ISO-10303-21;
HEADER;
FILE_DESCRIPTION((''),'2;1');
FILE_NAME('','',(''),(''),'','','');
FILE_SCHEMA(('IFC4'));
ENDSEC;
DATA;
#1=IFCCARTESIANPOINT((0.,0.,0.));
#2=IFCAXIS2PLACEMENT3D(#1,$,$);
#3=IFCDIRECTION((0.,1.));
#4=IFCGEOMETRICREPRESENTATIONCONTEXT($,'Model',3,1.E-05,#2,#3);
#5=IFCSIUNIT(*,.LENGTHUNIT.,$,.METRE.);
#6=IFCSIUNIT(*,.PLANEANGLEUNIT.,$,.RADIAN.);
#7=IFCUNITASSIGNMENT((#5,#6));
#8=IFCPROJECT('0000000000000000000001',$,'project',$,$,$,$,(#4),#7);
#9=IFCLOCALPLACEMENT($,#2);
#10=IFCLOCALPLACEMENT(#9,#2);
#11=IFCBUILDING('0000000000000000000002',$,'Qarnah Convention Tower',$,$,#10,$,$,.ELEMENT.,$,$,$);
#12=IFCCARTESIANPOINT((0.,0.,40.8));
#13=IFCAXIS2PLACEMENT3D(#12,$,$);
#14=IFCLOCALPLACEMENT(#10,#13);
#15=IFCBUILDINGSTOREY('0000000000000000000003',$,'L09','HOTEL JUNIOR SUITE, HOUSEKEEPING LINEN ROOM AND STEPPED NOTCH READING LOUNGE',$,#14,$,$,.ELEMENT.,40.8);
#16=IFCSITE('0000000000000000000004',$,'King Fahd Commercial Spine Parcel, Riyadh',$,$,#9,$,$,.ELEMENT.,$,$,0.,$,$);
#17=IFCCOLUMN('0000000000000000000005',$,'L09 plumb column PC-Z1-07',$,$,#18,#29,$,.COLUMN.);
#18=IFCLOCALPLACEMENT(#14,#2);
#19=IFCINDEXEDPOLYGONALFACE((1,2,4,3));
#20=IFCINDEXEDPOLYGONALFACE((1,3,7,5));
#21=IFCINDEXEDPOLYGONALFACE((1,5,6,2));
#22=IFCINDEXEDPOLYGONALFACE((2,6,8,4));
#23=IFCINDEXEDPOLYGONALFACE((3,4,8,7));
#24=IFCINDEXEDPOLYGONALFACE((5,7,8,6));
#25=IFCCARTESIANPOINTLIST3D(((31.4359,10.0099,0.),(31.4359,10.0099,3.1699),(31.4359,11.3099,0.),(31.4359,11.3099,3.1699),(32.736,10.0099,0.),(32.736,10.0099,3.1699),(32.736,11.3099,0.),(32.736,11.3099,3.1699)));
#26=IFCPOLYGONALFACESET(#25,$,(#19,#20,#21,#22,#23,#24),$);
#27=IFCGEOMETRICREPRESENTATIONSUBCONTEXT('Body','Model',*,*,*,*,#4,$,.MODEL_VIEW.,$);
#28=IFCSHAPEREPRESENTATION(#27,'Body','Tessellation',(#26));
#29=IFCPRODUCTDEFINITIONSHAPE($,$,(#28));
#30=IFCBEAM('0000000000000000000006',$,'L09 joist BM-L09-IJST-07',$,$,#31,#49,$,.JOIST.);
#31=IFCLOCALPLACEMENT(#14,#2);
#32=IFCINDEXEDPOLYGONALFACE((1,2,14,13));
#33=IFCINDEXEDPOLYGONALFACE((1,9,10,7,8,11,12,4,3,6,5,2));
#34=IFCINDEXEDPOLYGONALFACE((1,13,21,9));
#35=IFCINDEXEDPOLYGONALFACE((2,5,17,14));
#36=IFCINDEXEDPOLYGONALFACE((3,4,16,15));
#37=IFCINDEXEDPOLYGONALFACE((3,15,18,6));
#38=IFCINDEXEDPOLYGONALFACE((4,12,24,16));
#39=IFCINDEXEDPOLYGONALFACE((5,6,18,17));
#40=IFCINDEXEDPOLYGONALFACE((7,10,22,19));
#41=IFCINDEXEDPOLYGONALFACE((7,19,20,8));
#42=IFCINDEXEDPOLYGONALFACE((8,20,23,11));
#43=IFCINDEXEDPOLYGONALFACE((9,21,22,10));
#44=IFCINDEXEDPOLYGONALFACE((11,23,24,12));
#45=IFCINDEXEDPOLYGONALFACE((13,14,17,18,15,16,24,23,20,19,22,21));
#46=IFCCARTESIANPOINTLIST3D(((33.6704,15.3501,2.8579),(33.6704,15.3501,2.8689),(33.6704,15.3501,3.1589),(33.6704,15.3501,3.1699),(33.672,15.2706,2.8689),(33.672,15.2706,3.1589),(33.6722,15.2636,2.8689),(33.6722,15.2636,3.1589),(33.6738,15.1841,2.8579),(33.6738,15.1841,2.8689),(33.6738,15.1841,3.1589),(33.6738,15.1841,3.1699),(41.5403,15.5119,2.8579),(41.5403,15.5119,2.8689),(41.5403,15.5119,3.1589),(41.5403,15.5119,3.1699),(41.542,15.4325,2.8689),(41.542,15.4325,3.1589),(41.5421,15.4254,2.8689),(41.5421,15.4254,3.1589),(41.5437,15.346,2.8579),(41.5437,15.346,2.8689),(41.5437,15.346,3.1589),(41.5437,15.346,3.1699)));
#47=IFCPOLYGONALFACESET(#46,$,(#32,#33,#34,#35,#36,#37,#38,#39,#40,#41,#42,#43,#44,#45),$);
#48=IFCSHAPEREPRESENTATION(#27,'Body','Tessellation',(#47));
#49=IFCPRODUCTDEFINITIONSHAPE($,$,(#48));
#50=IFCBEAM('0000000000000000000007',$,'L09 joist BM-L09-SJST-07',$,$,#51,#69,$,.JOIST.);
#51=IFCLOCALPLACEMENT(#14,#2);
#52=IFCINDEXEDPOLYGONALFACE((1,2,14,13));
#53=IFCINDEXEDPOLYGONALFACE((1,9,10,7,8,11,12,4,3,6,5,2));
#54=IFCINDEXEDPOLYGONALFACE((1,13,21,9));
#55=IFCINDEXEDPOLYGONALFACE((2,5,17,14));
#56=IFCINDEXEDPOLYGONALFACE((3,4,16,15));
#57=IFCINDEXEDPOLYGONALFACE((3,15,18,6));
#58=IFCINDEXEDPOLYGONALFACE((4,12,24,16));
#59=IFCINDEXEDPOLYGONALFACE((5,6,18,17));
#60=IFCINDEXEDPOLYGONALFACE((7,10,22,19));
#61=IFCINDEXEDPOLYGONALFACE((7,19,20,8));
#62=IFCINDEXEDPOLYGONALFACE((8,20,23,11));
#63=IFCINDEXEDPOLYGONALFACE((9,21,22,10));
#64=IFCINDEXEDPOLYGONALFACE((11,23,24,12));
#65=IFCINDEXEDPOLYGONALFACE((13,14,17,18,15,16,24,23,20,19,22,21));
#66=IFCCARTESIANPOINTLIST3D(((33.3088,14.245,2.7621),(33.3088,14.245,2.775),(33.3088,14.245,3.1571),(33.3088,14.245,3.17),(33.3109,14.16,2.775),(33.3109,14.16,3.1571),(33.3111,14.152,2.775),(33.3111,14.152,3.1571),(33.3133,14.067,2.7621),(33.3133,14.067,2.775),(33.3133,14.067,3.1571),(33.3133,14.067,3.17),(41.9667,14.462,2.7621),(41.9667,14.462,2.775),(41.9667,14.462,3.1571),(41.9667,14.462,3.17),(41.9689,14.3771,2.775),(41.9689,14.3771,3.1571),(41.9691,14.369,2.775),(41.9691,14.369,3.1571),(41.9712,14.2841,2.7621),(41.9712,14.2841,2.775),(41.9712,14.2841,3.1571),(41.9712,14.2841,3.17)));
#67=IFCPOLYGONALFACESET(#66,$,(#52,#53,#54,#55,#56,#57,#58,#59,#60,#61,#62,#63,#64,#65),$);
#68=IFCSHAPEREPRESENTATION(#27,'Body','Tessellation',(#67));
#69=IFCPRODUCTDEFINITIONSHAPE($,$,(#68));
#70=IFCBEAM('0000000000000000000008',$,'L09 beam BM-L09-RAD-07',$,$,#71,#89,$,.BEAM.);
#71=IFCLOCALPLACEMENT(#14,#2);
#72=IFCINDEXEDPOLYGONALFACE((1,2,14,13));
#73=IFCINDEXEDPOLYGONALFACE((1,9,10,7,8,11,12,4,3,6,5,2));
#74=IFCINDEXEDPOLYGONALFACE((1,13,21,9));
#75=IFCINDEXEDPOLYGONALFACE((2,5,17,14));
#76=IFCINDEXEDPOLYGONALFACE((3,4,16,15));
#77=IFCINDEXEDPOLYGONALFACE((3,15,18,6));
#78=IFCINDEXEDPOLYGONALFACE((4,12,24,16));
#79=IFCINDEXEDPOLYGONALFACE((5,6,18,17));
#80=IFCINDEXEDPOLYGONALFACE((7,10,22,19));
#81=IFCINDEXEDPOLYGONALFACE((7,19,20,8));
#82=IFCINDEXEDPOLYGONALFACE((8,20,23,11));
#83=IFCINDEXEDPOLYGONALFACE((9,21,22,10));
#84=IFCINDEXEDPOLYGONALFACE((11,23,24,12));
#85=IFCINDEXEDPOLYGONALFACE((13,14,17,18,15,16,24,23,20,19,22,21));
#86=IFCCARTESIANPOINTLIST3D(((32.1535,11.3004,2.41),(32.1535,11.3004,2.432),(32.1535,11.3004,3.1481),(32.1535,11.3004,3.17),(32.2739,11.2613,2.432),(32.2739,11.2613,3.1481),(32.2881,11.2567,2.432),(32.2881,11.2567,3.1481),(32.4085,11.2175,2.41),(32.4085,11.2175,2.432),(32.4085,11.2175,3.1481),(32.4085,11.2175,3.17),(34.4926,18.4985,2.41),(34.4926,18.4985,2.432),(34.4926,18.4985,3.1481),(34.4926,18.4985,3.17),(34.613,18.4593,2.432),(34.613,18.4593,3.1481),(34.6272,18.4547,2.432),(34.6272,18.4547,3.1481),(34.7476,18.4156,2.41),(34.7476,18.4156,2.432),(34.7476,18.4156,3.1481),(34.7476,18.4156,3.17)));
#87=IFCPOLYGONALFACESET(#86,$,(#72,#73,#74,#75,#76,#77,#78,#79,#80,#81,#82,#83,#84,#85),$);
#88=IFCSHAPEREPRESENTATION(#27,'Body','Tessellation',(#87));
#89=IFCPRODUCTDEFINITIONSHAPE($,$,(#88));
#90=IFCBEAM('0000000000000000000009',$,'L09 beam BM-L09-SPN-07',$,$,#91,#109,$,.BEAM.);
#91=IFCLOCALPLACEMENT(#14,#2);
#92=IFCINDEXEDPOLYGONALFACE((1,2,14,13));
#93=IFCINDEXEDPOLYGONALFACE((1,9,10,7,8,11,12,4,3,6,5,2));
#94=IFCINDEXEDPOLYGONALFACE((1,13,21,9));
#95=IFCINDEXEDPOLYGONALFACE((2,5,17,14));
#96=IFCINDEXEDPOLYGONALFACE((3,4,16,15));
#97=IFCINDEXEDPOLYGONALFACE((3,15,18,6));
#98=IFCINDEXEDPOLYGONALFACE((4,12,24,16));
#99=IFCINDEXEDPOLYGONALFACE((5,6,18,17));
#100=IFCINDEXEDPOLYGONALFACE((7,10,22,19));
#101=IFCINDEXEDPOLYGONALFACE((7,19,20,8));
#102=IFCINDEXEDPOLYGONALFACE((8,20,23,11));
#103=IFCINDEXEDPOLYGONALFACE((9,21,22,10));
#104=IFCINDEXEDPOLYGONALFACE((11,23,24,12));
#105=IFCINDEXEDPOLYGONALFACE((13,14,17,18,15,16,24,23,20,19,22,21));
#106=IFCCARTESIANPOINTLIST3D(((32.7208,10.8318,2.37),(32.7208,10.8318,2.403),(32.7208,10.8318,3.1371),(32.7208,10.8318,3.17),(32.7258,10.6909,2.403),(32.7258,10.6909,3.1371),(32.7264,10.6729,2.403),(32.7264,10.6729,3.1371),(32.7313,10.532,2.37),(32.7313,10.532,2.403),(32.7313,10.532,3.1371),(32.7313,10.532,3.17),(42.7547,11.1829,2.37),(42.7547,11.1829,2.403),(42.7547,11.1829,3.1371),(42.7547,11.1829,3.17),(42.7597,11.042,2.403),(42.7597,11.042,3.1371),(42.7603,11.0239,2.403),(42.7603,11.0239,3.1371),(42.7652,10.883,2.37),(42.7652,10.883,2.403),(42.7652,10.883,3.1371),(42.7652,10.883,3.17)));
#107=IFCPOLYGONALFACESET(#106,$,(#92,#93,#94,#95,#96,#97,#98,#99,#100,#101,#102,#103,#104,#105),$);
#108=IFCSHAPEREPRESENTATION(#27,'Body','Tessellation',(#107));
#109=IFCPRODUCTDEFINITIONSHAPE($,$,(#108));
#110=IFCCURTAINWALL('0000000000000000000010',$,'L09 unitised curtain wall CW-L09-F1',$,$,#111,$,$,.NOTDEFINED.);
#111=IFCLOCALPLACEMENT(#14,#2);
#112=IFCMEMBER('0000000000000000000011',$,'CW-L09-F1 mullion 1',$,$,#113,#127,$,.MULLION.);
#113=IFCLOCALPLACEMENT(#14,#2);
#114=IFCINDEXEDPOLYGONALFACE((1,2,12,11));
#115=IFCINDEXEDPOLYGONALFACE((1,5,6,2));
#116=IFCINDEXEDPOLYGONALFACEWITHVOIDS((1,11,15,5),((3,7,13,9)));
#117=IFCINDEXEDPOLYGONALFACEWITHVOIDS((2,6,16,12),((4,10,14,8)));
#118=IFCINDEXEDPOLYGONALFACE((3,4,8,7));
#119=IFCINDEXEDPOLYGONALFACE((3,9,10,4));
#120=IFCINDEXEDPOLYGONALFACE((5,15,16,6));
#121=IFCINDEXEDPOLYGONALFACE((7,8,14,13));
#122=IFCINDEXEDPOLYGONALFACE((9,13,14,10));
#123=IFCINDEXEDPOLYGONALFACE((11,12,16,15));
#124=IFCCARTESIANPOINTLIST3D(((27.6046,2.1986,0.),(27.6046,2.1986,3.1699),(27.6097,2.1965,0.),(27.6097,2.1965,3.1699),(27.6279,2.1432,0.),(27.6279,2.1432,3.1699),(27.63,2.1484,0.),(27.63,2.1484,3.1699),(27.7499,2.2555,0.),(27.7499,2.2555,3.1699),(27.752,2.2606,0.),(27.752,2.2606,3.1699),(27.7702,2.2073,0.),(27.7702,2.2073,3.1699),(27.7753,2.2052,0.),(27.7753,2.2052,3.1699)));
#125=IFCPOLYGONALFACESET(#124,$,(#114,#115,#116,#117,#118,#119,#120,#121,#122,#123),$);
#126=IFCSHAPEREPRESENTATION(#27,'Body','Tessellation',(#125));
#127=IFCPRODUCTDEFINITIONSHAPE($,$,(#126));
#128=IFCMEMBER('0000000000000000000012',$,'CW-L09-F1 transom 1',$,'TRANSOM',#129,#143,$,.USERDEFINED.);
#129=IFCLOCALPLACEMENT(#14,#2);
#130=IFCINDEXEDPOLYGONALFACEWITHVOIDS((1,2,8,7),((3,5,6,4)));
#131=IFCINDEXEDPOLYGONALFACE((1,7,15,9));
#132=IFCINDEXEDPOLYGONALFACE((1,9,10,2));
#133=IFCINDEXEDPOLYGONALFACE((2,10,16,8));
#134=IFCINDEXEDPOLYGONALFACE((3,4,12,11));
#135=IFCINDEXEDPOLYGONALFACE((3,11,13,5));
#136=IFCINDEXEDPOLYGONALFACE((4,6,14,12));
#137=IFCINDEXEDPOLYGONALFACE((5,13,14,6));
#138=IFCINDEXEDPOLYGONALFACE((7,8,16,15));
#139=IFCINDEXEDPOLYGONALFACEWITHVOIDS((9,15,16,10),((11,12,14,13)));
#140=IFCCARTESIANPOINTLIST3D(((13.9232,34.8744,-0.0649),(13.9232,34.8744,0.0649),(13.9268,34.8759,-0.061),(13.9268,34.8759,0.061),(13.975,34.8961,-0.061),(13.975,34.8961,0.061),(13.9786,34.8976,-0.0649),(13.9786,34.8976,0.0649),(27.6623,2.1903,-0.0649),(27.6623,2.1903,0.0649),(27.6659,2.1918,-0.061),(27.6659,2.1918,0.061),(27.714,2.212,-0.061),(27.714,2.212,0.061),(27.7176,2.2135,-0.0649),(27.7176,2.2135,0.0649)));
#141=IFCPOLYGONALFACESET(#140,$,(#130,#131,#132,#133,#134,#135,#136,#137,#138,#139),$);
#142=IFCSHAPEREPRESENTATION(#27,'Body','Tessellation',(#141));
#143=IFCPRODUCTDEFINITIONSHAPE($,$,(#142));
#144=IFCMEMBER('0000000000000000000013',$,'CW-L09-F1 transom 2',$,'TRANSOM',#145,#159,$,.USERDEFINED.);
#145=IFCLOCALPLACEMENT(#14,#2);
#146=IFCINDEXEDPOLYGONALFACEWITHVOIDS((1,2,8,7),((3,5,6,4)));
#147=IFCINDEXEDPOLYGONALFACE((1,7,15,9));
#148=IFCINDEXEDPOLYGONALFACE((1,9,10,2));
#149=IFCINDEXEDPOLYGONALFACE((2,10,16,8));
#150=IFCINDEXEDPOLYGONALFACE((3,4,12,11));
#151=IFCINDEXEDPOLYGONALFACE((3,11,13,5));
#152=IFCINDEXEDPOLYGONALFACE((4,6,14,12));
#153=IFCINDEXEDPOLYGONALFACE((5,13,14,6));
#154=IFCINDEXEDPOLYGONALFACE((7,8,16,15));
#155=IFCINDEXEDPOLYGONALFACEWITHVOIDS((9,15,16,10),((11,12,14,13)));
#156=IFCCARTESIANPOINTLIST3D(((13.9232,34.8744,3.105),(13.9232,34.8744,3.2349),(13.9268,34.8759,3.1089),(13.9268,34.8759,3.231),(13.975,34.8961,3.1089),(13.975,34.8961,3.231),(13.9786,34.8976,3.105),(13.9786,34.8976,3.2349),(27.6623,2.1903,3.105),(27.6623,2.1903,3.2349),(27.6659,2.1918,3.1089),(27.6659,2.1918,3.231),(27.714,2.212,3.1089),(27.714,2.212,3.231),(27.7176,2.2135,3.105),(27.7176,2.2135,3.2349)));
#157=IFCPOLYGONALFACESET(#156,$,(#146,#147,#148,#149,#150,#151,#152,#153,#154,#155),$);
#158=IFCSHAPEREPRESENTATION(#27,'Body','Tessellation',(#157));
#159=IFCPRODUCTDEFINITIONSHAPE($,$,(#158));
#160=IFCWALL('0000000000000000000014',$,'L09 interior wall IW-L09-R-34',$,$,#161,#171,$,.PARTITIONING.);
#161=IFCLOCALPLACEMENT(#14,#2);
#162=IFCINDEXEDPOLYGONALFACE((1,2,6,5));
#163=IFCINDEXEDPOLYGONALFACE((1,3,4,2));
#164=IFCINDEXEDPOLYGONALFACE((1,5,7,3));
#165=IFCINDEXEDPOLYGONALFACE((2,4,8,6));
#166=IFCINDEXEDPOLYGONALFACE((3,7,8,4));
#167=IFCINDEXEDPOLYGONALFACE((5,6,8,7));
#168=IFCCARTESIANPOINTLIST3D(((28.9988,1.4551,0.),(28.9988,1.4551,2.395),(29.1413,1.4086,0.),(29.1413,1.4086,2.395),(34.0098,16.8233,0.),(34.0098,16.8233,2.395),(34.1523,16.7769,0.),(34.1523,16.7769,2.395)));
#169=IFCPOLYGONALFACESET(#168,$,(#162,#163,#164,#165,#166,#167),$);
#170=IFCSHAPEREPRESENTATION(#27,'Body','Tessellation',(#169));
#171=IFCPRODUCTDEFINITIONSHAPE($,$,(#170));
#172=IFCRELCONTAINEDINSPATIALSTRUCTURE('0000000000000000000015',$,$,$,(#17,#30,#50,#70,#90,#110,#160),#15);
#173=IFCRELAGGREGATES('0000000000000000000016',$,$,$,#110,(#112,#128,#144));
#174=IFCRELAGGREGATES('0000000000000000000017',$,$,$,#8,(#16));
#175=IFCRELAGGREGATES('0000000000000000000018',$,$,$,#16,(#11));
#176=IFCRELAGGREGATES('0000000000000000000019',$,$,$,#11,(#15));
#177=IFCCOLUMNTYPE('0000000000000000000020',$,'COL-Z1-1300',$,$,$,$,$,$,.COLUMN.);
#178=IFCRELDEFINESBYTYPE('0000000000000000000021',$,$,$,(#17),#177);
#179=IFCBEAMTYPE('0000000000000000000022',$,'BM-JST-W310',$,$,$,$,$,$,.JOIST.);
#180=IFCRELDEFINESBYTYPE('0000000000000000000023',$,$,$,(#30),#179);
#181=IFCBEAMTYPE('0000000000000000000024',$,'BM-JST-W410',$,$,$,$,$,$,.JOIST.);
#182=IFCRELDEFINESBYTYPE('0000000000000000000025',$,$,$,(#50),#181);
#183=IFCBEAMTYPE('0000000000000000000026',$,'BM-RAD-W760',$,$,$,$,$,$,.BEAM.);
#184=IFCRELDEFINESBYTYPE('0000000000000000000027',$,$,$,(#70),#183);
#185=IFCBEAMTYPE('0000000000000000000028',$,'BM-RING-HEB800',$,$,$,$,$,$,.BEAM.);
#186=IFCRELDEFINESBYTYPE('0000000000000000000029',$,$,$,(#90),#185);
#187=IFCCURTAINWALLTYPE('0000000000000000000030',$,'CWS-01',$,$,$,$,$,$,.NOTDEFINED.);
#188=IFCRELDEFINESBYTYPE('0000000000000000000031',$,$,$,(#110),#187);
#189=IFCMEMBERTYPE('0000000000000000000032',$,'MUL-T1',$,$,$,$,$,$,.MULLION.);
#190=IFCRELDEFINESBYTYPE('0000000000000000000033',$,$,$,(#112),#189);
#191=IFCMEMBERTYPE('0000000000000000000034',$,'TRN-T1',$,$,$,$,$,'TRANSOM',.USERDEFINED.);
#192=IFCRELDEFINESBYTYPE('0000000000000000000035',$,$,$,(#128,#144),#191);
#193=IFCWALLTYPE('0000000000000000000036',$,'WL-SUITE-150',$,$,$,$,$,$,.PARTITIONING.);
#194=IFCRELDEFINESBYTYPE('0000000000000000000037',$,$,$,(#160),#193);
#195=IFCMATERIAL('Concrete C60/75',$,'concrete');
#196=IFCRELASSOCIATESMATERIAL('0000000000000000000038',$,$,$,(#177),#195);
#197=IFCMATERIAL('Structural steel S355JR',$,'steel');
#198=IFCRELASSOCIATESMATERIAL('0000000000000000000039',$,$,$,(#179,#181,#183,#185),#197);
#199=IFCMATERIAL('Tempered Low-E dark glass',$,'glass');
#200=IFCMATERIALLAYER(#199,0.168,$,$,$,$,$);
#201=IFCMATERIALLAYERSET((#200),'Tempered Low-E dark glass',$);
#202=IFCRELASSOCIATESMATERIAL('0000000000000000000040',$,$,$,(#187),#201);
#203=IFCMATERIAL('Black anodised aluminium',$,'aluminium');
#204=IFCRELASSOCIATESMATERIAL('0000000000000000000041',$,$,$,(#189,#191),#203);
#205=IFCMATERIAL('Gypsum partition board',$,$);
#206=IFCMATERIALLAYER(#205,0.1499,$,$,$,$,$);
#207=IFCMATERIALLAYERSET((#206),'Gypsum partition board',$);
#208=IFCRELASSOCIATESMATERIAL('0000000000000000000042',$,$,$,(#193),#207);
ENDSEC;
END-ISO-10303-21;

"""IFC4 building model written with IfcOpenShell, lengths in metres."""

from ifc_helpers import new_model, si_unit, direction, frame, frame_2d, origin, origin_2d, place, context, subcontext, project, spatial, rectangle, hollow_rectangle, i_section, extrude, material, layer, layer_set, material_profile, profile_set, type_object, element, aggregate, save


model = new_model("IFC4")

# Units and contexts
model_context = context("Model", 3, precision=1e-05, world=origin(), true_north=direction((0.0, 1.0)))
body_context = subcontext(model_context, "Body", "Model", "MODEL_VIEW")
ifc_project = project(units=[si_unit("LENGTHUNIT", "METRE"), si_unit("PLANEANGLEUNIT", "RADIAN")], contexts=[model_context])

# Site, building, storey
site_placement = place(None, origin())
site = spatial("IfcSite", under=ifc_project, at=site_placement, Name="King Fahd Commercial Spine Parcel, Riyadh", CompositionType="ELEMENT", RefElevation=0.0)
building_placement = place(site_placement, origin())
building = spatial("IfcBuilding", under=site, at=building_placement, Name="Qarnah Convention Tower", CompositionType="ELEMENT")
storey_placement = place(building_placement, frame((0.0, 0.0, 40.8)))
storey = spatial("IfcBuildingStorey", under=building, at=storey_placement, Name="L09", Description="HOTEL JUNIOR SUITE, HOUSEKEEPING LINEN ROOM AND STEPPED NOTCH READING LOUNGE", CompositionType="ELEMENT", Elevation=40.8)

# Column
ifc_material_1 = material(Name="Concrete C60/75", Category="concrete")
ifc_material_profile_1 = material_profile(ifc_material_1, rectangle(XDim=1.3, YDim=1.3, at=origin_2d()), Name="RC-COL-1300X1300")
ifc_profile_set_1 = profile_set([ifc_material_profile_1], Name="Concrete C60/75")
column_type = type_object("IfcColumnType", Name="COL-Z1-1300", PredefinedType="COLUMN", material=ifc_profile_set_1)
column_placement = place(storey_placement, frame((32.0859, 10.6599, 0.0), z_axis=(0.0, 0.0, 1.0), x_axis=(1.0, 0.0, 0.0)))
element("IfcColumn", 1, at=column_placement, inside=storey, type_object=column_type, Name="L09 plumb column PC-Z1-07", PredefinedType="COLUMN", context=body_context, shape_type="SweptSolid", body=[
    extrude(rectangle(XDim=1.3, YDim=1.3, at=origin_2d()), origin(), (0.0, 0.0, 1.0), 3.1699),
])

# Beams
ifc_material_2 = material(Name="Structural steel S355JR", Category="steel")
ifc_material_profile_2 = material_profile(ifc_material_2, i_section(OverallWidth=0.166, OverallDepth=0.312, WebThickness=0.0071, FlangeThickness=0.011, at=origin_2d()), Name="W310X45")
ifc_profile_set_2 = profile_set([ifc_material_profile_2], Name="Structural steel S355JR")
beam_type_1 = type_object("IfcBeamType", Name="BM-JST-W310", PredefinedType="JOIST", material=ifc_profile_set_2)
beam_1_placement = place(storey_placement, frame((33.6721, 15.2671, 3.0139), z_axis=(0.999789, 0.020563, 0.0), x_axis=(-0.020563, 0.999789, 0.0)))
element("IfcBeam", 2, at=beam_1_placement, inside=storey, type_object=beam_type_1, Name="L09 joist BM-L09-IJST-07", PredefinedType="JOIST", context=body_context, shape_type="SweptSolid", body=[
    extrude(i_section(OverallWidth=0.166, OverallDepth=0.312, WebThickness=0.0071, FlangeThickness=0.011, at=origin_2d()), origin(), (0.0, 0.0, 1.0), 7.8716),
])
ifc_material_profile_3 = material_profile(ifc_material_2, i_section(OverallWidth=0.178, OverallDepth=0.408, WebThickness=0.0081, FlangeThickness=0.0129, at=origin_2d()), Name="W410X60")
ifc_profile_set_3 = profile_set([ifc_material_profile_3], Name="Structural steel S355JR")
beam_type_2 = type_object("IfcBeamType", Name="BM-JST-W410", PredefinedType="JOIST", material=ifc_profile_set_3)
beam_2_placement = place(storey_placement, frame((33.311, 14.156, 2.9661), z_axis=(0.999686, 0.025061, 0.0), x_axis=(-0.025061, 0.999686, 0.0)))
element("IfcBeam", 3, at=beam_2_placement, inside=storey, type_object=beam_type_2, Name="L09 joist BM-L09-SJST-07", PredefinedType="JOIST", context=body_context, shape_type="SweptSolid", body=[
    extrude(i_section(OverallWidth=0.178, OverallDepth=0.408, WebThickness=0.0081, FlangeThickness=0.0129, at=origin_2d()), origin(), (0.0, 0.0, 1.0), 8.6606),
])
ifc_material_profile_4 = material_profile(ifc_material_2, i_section(OverallWidth=0.2681, OverallDepth=0.76, WebThickness=0.0149, FlangeThickness=0.022, at=origin_2d()), Name="W760X185")
ifc_profile_set_4 = profile_set([ifc_material_profile_4], Name="Structural steel S355JR")
beam_type_3 = type_object("IfcBeamType", Name="BM-RAD-W760", PredefinedType="BEAM", material=ifc_profile_set_4)
beam_3_placement = place(storey_placement, frame((34.6201, 18.457, 2.79), z_axis=(-0.309058, -0.951043, 0.0), x_axis=(0.951043, -0.309058, 0.0)))
element("IfcBeam", 4, at=beam_3_placement, inside=storey, type_object=beam_type_3, Name="L09 beam BM-L09-RAD-07", PredefinedType="BEAM", context=body_context, shape_type="SweptSolid", body=[
    extrude(i_section(OverallWidth=0.2681, OverallDepth=0.76, WebThickness=0.0149, FlangeThickness=0.022, at=origin_2d()), origin(), (0.0, 0.0, 1.0), 7.5686),
])
ifc_material_profile_5 = material_profile(ifc_material_2, i_section(OverallWidth=0.3, OverallDepth=0.8, WebThickness=0.0181, FlangeThickness=0.033, at=origin_2d()), Name="HEB800")
ifc_profile_set_5 = profile_set([ifc_material_profile_5], Name="Structural steel S355JR")
beam_type_4 = type_object("IfcBeamType", Name="BM-RING-HEB800", PredefinedType="BEAM", material=ifc_profile_set_5)
beam_4_placement = place(storey_placement, frame((32.7261, 10.6819, 2.77), z_axis=(0.999388, 0.034967, 0.0), x_axis=(-0.034967, 0.999388, 0.0)))
element("IfcBeam", 5, at=beam_4_placement, inside=storey, type_object=beam_type_4, Name="L09 beam BM-L09-SPN-07", PredefinedType="BEAM", context=body_context, shape_type="SweptSolid", body=[
    extrude(i_section(OverallWidth=0.3, OverallDepth=0.8, WebThickness=0.0181, FlangeThickness=0.033, at=origin_2d()), origin(), (0.0, 0.0, 1.0), 10.04),
])

# Curtain wall, members
ifc_material_3 = material(Name="Tempered Low-E dark glass", Category="glass")
ifc_layer_1 = layer(ifc_material_3, 0.168)
ifc_layer_set_1 = layer_set([ifc_layer_1], Name="Tempered Low-E dark glass")
curtain_wall_type = type_object("IfcCurtainWallType", Name="CWS-01", PredefinedType="NOTDEFINED", material=ifc_layer_set_1)
curtain_wall_placement = place(storey_placement, origin())
curtain_wall = element("IfcCurtainWall", 6, at=curtain_wall_placement, inside=storey, type_object=curtain_wall_type, Name="L09 unitised curtain wall CW-L09-F1", PredefinedType="NOTDEFINED")
ifc_material_4 = material(Name="Black anodised aluminium", Category="aluminium")
ifc_material_profile_6 = material_profile(ifc_material_4, hollow_rectangle(XDim=0.0601, YDim=0.1599, WallThickness=0.0039, at=origin_2d()), Name="MUL-60X160")
ifc_profile_set_6 = profile_set([ifc_material_profile_6], Name="Black anodised aluminium")
member_type_1 = type_object("IfcMemberType", Name="MUL-T1", PredefinedType="MULLION", material=ifc_profile_set_6)
member_1_placement = place(storey_placement, frame((27.6899, 2.2019, 0.0), z_axis=(0.0, 0.0, 1.0), x_axis=(-0.387513, 0.921864, 0.0)))
member_1 = element("IfcMember", 7, at=member_1_placement, type_object=member_type_1, Name="CW-L09-F1 mullion 1", PredefinedType="MULLION", context=body_context, shape_type="SweptSolid", body=[
    extrude(hollow_rectangle(XDim=0.0601, YDim=0.1599, WallThickness=0.0039, at=origin_2d()), origin(), (0.0, 0.0, 1.0), 3.1699),
])
ifc_material_profile_7 = material_profile(ifc_material_4, hollow_rectangle(XDim=0.0601, YDim=0.1299, WallThickness=0.0039, at=origin_2d()), Name="TRN-60X130")
ifc_profile_set_7 = profile_set([ifc_material_profile_7], Name="Black anodised aluminium")
member_type_2 = type_object("IfcMemberType", Name="TRN-T1", ElementType="TRANSOM", PredefinedType="USERDEFINED", material=ifc_profile_set_7)
member_2_placement = place(storey_placement, frame((27.6899, 2.2019, 0.0), z_axis=(-0.387513, 0.921864, 0.0), x_axis=(-0.921864, -0.387513, 0.0)))
member_2 = element("IfcMember", 8, at=member_2_placement, type_object=member_type_2, Name="CW-L09-F1 transom 1", ObjectType="TRANSOM", PredefinedType="USERDEFINED", context=body_context, shape_type="SweptSolid", body=[
    extrude(hollow_rectangle(XDim=0.0601, YDim=0.1299, WallThickness=0.0039, at=origin_2d()), origin(), (0.0, 0.0, 1.0), 35.4543),
])
member_3_placement = place(storey_placement, frame((27.6899, 2.2019, 3.1699), z_axis=(-0.387513, 0.921864, 0.0), x_axis=(-0.921864, -0.387513, 0.0)))
member_3 = element("IfcMember", 9, at=member_3_placement, type_object=member_type_2, Name="CW-L09-F1 transom 2", ObjectType="TRANSOM", PredefinedType="USERDEFINED", context=body_context, shape_type="SweptSolid", body=[
    extrude(hollow_rectangle(XDim=0.0601, YDim=0.1299, WallThickness=0.0039, at=origin_2d()), origin(), (0.0, 0.0, 1.0), 35.4543),
])
aggregate(curtain_wall, [member_1, member_2, member_3])

# Wall
ifc_material_5 = material(Name="Gypsum partition board")
ifc_layer_2 = layer(ifc_material_5, 0.1499)
ifc_layer_set_2 = layer_set([ifc_layer_2], Name="Gypsum partition board")
wall_type_1 = type_object("IfcWallType", Name="WL-SUITE-150", PredefinedType="PARTITIONING", material=ifc_layer_set_2)
wall_1_placement = place(storey_placement, frame((29.0701, 1.4319, 0.0), z_axis=(0.0, 0.0, 1.0), x_axis=(0.31, 0.950737, 0.0)))
element("IfcWall", 10, at=wall_1_placement, inside=storey, type_object=wall_type_1, Name="L09 interior wall IW-L09-R-34", PredefinedType="PARTITIONING", context=body_context, shape_type="SweptSolid", body=[
    extrude(rectangle(XDim=16.1646, YDim=0.1499, at=frame_2d((8.0823, 0.0))), origin(), (0.0, 0.0, 1.0), 2.395),
])

save(model, "model.ifc")
